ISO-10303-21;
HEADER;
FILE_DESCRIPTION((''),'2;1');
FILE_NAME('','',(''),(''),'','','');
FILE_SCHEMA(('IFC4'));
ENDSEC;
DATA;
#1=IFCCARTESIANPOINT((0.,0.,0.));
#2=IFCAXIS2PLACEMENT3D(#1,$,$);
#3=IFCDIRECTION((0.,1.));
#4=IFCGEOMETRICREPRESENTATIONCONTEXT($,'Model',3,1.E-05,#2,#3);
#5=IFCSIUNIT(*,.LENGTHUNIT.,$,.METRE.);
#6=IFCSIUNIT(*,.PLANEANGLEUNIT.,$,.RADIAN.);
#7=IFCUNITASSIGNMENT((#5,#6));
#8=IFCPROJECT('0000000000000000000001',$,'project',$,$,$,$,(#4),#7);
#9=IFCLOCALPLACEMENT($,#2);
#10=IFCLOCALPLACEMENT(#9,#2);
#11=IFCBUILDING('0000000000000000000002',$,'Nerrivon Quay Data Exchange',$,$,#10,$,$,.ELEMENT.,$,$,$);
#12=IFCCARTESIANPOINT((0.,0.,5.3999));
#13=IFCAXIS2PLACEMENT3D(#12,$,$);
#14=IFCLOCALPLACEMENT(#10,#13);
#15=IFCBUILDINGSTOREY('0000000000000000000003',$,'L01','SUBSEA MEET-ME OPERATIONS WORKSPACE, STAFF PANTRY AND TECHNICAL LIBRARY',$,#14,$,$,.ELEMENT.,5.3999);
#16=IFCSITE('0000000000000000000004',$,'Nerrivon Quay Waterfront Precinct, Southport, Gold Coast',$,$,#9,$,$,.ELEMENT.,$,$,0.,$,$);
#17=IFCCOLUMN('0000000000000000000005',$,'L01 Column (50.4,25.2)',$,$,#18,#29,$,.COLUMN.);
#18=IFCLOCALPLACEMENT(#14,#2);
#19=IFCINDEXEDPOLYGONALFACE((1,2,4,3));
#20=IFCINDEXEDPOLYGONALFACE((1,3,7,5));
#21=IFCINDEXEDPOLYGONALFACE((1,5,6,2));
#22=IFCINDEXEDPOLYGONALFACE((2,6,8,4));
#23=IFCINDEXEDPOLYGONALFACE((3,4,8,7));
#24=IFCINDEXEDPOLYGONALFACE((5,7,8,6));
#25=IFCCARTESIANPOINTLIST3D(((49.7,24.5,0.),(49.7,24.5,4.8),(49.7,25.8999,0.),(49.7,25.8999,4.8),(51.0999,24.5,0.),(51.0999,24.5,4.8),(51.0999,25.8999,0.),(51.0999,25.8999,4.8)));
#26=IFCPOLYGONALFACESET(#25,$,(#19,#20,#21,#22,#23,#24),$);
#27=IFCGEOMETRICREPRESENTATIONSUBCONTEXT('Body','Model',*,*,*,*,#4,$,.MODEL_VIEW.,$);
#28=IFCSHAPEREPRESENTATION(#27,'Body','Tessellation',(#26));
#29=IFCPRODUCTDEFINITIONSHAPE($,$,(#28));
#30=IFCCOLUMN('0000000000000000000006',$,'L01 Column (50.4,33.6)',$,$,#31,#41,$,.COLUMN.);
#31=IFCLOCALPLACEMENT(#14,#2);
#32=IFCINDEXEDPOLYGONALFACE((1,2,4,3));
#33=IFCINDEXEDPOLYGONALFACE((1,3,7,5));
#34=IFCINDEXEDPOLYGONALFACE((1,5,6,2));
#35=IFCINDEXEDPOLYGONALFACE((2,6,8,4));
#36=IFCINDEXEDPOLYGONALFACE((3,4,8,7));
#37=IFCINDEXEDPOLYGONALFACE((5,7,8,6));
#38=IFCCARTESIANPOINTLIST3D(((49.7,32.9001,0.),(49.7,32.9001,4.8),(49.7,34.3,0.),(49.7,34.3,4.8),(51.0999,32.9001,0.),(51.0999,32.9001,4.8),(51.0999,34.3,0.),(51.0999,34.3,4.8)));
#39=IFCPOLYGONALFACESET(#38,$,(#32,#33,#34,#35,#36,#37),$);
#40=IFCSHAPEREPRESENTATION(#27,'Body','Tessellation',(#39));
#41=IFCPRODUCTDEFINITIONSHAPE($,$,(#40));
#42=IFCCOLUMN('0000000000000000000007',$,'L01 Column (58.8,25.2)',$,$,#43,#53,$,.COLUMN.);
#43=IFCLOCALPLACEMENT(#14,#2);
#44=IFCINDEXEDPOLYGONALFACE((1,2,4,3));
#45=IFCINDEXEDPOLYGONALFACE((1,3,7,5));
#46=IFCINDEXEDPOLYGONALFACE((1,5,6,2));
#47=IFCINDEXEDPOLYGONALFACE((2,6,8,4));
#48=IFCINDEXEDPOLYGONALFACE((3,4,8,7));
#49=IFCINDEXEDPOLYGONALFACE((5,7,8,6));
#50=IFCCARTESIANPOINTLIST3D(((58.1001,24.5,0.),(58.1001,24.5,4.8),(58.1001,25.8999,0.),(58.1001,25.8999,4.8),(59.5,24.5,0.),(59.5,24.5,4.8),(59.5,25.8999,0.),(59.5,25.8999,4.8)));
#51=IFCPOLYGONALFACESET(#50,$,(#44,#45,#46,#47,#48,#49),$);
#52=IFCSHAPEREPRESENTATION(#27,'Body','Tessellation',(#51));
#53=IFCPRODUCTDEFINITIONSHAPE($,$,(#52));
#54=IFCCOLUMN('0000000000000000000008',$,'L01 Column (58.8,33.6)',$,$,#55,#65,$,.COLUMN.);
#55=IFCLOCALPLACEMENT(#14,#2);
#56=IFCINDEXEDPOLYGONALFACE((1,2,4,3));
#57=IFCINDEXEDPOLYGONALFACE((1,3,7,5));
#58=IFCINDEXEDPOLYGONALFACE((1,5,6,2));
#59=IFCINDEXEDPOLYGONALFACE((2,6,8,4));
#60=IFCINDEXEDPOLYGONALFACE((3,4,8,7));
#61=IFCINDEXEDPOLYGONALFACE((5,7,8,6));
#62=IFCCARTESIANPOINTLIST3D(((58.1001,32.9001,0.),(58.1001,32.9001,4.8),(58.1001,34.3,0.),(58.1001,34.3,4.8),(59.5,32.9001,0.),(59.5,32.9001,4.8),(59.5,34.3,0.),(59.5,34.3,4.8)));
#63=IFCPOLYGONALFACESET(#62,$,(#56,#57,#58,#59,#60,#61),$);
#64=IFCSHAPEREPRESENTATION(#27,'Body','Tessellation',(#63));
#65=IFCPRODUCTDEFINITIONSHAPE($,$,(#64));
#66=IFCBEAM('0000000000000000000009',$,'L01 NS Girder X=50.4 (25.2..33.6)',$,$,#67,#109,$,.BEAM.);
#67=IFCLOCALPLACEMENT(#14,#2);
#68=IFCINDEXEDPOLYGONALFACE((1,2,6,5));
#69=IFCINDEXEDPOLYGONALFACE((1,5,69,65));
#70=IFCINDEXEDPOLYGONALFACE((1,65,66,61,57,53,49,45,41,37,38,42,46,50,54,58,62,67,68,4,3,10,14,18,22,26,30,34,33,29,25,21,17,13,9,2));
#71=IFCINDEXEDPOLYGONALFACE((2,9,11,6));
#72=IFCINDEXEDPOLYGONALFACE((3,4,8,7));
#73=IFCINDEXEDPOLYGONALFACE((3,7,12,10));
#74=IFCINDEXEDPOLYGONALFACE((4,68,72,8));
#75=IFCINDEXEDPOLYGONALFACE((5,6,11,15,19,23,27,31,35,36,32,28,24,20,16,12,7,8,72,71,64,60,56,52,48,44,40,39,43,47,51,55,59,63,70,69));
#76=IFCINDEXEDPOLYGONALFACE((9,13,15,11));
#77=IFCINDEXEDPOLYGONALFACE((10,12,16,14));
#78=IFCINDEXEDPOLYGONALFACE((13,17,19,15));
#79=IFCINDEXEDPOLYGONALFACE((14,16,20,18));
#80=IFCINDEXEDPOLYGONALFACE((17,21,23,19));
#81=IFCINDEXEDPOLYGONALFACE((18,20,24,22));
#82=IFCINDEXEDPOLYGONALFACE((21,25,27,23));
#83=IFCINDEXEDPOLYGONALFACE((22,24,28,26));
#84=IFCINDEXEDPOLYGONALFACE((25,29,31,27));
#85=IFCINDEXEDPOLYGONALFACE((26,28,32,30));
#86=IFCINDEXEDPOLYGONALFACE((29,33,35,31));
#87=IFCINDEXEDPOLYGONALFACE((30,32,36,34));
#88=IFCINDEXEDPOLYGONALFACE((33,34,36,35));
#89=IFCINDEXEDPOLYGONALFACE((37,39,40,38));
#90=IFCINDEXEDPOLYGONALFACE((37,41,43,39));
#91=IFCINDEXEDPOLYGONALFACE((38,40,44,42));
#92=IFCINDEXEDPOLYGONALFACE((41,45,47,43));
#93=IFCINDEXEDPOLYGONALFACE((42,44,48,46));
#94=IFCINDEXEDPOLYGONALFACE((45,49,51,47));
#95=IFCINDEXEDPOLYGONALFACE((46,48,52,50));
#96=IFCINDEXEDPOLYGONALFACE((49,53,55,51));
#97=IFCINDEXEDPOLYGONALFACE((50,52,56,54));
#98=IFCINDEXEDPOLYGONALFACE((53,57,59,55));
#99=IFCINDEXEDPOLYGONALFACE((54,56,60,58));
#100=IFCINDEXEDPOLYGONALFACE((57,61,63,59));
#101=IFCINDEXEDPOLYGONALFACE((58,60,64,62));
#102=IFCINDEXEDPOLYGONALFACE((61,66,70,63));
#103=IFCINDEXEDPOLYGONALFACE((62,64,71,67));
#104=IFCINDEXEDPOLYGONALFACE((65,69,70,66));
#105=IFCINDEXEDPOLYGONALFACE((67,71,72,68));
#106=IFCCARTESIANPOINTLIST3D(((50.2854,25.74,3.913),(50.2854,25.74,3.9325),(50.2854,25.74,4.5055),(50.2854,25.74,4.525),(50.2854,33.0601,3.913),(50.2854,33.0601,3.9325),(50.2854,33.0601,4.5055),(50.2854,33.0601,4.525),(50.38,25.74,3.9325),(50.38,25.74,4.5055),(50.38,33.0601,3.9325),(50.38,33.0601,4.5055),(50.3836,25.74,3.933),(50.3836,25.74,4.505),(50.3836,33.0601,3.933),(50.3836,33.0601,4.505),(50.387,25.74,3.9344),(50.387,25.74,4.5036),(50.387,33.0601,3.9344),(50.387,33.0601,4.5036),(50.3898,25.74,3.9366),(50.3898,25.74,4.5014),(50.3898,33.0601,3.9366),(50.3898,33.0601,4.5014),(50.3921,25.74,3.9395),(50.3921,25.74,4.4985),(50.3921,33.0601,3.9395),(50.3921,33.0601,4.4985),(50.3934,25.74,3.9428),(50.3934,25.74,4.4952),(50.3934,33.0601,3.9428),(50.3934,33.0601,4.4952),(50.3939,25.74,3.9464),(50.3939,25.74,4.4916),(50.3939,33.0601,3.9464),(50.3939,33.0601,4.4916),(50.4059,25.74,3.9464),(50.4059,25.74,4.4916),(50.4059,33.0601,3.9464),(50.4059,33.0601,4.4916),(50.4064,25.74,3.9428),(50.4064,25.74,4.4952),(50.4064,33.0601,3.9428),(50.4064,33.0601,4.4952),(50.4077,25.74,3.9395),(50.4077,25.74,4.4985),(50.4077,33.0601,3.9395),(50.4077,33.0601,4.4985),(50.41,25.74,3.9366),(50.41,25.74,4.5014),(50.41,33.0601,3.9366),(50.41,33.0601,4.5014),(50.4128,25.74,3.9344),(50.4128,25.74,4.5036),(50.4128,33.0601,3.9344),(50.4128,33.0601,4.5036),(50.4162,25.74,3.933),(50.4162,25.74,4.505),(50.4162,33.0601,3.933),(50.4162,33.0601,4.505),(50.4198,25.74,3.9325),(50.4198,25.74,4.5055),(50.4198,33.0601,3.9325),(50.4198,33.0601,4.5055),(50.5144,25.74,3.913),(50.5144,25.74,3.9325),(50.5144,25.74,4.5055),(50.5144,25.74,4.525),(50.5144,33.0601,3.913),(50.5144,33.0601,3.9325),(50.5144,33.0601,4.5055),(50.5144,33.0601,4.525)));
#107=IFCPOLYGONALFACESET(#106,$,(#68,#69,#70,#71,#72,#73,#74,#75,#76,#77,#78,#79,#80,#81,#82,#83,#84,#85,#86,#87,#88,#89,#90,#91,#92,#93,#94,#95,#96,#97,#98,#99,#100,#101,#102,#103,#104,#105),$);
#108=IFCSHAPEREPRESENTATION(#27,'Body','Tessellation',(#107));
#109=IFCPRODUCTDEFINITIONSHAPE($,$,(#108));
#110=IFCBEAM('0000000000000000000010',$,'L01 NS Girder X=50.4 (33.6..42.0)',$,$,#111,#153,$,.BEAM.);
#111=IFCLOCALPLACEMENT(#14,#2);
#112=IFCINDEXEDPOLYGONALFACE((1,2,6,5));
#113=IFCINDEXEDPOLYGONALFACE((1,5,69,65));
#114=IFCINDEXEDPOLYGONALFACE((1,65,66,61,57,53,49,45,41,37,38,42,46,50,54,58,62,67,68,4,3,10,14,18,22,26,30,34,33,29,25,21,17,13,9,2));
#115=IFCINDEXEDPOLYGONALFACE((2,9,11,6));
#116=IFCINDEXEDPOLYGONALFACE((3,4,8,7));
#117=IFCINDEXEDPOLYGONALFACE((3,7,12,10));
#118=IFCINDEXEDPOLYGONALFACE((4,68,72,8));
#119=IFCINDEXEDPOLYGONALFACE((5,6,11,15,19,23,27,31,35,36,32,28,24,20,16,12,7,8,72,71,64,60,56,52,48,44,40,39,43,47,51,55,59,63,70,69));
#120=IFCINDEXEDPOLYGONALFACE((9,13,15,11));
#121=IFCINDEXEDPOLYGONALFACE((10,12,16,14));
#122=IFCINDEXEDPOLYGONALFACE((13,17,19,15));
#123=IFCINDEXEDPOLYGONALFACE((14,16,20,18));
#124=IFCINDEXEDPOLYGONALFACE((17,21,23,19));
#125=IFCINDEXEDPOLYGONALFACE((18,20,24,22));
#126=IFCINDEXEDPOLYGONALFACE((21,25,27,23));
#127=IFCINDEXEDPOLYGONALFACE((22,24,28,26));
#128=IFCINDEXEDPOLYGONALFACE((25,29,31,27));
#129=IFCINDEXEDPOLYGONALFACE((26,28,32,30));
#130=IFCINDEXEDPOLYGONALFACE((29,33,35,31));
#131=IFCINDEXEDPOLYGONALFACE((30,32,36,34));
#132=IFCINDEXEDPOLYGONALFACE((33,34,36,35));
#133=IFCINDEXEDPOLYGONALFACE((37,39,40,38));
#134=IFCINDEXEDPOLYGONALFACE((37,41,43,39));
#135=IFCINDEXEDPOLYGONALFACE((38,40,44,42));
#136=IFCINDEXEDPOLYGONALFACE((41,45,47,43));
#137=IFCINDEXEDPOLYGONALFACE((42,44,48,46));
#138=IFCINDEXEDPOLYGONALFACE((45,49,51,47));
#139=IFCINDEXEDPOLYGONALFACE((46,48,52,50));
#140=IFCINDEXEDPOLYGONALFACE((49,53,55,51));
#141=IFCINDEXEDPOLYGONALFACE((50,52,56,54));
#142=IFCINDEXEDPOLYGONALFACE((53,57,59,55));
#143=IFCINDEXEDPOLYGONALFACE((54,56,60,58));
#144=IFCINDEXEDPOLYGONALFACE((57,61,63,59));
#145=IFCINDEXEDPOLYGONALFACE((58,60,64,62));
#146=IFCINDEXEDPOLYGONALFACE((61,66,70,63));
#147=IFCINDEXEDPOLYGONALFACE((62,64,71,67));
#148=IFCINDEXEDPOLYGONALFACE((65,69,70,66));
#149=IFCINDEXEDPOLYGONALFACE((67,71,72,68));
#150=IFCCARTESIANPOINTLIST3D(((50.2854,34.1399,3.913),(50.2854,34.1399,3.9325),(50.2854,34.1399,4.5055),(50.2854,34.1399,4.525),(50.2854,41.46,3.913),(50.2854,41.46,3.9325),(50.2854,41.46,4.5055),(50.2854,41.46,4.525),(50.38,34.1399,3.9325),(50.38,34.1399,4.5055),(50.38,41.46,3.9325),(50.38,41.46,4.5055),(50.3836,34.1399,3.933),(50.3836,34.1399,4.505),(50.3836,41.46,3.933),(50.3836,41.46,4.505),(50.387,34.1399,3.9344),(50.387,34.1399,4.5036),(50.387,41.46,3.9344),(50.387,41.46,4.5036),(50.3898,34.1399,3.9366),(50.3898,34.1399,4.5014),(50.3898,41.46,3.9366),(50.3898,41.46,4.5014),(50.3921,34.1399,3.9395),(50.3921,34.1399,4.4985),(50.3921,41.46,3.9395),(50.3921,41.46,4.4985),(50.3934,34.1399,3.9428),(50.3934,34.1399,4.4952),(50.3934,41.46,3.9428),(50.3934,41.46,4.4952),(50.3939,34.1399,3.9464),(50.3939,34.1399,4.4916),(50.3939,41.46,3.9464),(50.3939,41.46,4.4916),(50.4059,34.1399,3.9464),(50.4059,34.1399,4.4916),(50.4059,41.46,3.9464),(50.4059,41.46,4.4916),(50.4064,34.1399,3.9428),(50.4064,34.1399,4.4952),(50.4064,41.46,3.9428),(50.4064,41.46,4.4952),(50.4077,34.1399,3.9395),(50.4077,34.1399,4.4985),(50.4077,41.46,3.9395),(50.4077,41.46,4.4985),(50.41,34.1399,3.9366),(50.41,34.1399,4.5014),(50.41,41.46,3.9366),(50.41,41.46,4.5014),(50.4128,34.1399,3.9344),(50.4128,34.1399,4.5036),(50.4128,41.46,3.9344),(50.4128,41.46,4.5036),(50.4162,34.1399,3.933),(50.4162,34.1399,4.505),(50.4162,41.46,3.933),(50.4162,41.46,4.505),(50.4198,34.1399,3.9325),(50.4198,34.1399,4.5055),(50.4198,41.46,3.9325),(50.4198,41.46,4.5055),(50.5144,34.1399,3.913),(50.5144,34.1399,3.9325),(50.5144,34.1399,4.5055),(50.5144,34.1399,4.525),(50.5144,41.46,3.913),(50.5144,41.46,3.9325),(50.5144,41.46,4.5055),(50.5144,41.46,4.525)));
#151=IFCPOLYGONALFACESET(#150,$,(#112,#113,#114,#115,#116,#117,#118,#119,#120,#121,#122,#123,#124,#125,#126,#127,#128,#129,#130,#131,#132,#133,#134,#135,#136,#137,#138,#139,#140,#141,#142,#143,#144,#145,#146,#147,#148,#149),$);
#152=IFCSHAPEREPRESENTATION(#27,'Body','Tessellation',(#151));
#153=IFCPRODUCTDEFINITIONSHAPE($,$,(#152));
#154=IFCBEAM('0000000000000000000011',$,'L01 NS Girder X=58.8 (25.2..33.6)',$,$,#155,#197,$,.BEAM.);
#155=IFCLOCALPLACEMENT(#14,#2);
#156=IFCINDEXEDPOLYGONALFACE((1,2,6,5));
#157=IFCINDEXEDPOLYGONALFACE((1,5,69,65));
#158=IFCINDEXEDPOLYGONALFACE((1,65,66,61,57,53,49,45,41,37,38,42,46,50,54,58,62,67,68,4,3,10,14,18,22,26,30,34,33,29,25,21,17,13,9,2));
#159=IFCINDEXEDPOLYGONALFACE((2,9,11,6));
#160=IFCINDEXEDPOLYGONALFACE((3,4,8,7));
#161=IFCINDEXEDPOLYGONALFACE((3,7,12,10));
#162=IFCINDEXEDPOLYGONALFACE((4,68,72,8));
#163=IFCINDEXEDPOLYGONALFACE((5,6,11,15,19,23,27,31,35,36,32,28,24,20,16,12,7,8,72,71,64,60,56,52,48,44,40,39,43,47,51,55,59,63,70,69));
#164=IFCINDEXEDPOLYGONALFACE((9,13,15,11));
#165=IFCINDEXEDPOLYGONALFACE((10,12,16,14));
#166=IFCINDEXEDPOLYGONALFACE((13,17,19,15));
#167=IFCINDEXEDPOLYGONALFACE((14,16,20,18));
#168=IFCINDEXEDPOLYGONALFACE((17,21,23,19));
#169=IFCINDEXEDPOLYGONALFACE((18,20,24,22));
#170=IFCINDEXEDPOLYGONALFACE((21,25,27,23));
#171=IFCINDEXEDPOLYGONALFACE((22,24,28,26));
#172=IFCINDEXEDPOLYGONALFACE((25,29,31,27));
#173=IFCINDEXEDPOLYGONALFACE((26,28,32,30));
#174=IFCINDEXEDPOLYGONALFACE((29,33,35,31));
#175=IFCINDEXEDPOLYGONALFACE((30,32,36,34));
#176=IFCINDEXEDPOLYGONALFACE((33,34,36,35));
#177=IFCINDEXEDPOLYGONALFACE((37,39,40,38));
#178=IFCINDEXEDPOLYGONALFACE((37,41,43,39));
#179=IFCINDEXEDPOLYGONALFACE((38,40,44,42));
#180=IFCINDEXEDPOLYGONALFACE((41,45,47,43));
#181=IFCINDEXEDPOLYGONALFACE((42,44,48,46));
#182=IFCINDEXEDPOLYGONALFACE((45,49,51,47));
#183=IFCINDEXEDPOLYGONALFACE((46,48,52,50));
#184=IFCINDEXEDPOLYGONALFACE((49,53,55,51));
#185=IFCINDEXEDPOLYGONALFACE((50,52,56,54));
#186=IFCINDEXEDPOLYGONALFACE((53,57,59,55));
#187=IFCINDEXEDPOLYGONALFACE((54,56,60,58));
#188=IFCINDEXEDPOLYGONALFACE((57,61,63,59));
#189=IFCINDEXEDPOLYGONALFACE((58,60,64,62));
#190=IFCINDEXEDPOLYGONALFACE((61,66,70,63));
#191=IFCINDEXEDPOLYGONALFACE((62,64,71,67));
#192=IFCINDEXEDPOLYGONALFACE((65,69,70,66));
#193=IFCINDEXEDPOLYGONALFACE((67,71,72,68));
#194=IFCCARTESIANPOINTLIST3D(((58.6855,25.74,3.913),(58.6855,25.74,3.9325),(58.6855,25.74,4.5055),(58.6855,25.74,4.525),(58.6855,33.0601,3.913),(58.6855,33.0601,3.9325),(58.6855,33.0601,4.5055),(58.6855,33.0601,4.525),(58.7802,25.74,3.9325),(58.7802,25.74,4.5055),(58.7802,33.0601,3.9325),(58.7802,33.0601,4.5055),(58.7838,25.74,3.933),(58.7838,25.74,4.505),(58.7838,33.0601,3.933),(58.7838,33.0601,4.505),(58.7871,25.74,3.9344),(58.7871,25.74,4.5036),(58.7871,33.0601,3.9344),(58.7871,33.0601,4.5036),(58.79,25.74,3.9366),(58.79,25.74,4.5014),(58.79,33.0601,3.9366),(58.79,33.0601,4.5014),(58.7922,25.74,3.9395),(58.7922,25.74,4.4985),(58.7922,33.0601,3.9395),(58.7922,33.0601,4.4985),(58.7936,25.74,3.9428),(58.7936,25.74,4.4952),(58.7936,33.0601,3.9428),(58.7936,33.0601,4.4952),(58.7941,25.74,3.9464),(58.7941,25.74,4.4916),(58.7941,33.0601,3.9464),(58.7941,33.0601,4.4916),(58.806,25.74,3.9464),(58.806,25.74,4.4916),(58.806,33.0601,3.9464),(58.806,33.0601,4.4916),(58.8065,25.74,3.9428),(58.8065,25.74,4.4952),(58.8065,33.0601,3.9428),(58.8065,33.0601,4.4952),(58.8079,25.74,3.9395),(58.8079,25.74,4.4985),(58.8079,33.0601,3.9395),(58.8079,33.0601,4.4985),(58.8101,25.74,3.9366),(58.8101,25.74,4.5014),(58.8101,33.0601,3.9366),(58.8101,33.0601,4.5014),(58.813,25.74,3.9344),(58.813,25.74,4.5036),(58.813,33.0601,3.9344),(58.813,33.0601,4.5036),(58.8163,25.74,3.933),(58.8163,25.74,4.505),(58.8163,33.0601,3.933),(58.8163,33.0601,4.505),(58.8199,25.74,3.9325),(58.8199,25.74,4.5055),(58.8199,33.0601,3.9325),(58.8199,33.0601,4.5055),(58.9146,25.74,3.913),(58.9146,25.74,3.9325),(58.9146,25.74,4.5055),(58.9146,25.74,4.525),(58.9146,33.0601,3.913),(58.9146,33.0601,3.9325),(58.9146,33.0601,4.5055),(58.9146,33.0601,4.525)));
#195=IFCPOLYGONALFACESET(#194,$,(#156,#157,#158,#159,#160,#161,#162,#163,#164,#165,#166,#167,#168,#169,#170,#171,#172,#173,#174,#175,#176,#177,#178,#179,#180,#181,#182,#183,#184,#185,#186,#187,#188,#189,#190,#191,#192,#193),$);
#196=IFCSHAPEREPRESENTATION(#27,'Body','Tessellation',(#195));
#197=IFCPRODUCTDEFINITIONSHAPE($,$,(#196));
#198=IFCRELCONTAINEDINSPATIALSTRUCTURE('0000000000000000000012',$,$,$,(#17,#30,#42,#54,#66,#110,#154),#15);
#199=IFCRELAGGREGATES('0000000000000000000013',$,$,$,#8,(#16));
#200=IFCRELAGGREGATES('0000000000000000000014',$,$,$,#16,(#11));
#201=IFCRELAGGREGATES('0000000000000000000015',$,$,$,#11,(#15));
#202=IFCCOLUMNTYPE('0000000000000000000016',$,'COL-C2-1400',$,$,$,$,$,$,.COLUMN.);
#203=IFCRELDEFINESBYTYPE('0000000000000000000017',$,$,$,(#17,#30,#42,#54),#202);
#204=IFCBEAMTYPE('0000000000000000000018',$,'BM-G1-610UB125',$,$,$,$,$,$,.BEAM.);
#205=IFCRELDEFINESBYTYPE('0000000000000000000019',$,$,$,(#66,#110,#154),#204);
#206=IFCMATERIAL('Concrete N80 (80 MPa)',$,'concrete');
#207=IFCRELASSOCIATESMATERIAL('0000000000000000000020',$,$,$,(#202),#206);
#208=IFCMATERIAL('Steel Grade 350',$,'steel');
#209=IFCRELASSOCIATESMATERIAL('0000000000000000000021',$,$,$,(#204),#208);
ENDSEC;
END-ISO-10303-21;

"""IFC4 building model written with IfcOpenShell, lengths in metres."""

from ifc_helpers import new_model, si_unit, direction, frame, origin, origin_2d, place, context, subcontext, project, spatial, rectangle, i_section, extrude, material, material_profile, profile_set, type_object, element, save


model = new_model("IFC4")

# Units and contexts
model_context = context("Model", 3, precision=1e-05, world=origin(), true_north=direction((0.0, 1.0)))
body_context = subcontext(model_context, "Body", "Model", "MODEL_VIEW")
ifc_project = project(units=[si_unit("LENGTHUNIT", "METRE"), si_unit("PLANEANGLEUNIT", "RADIAN")], contexts=[model_context])

# Site, building, storey
site_placement = place(None, origin())
site = spatial("IfcSite", under=ifc_project, at=site_placement, Name="Nerrivon Quay Waterfront Precinct, Southport, Gold Coast", CompositionType="ELEMENT", RefElevation=0.0)
building_placement = place(site_placement, origin())
building = spatial("IfcBuilding", under=site, at=building_placement, Name="Nerrivon Quay Data Exchange", CompositionType="ELEMENT")
storey_placement = place(building_placement, frame((0.0, 0.0, 5.3999)))
storey = spatial("IfcBuildingStorey", under=building, at=storey_placement, Name="L01", Description="SUBSEA MEET-ME OPERATIONS WORKSPACE, STAFF PANTRY AND TECHNICAL LIBRARY", CompositionType="ELEMENT", Elevation=5.3999)

# Columns
ifc_material_1 = material(Name="Concrete N80 (80 MPa)", Category="concrete")
ifc_material_profile_1 = material_profile(ifc_material_1, rectangle(XDim=1.3999, YDim=1.3999, at=origin_2d()), Name="RC-COL-1400x1400")
ifc_profile_set_1 = profile_set([ifc_material_profile_1], Name="Concrete N80 (80 MPa)")
column_type = type_object("IfcColumnType", Name="COL-C2-1400", PredefinedType="COLUMN", material=ifc_profile_set_1)
for number, where, z_axis, x_axis, name in (
    (1, (50.3999, 25.2, 0.0), (0.0, 0.0, 1.0), (1.0, 0.0, 0.0), "L01 Column (50.4,25.2)"),
    (2, (50.3999, 33.6001, 0.0), (0.0, 0.0, 1.0), (1.0, 0.0, 0.0), "L01 Column (50.4,33.6)"),
    (3, (58.8, 25.2, 0.0), (0.0, 0.0, 1.0), (1.0, 0.0, 0.0), "L01 Column (58.8,25.2)"),
    (4, (58.8, 33.6001, 0.0), (0.0, 0.0, 1.0), (1.0, 0.0, 0.0), "L01 Column (58.8,33.6)"),
):
    element("IfcColumn", number, at=place(storey_placement, frame(where, z_axis=z_axis, x_axis=x_axis)), inside=storey, type_object=column_type, Name=name, PredefinedType="COLUMN", context=body_context, shape_type="SweptSolid", body=[
        extrude(rectangle(XDim=1.3999, YDim=1.3999, at=origin_2d()), origin(), (0.0, 0.0, 1.0), 4.8),
    ])

# Beams
ifc_material_2 = material(Name="Steel Grade 350", Category="steel")
ifc_material_profile_2 = material_profile(ifc_material_2, i_section(OverallWidth=0.229, OverallDepth=0.6121, WebThickness=0.012, FlangeThickness=0.0195, FilletRadius=0.0139, at=origin_2d()), Name="610UB125")
ifc_profile_set_2 = profile_set([ifc_material_profile_2], Name="Steel Grade 350")
beam_type_1 = type_object("IfcBeamType", Name="BM-G1-610UB125", PredefinedType="BEAM", material=ifc_profile_set_2)
for number, where, z_axis, x_axis, name in (
    (5, (50.3999, 25.74, 4.219), (0.0, 1.0, 0.0), (-1.0, 0.0, 0.0), "L01 NS Girder X=50.4 (25.2..33.6)"),
    (6, (50.3999, 34.1399, 4.219), (0.0, 1.0, 0.0), (-1.0, 0.0, 0.0), "L01 NS Girder X=50.4 (33.6..42.0)"),
    (7, (58.8, 25.74, 4.219), (0.0, 1.0, 0.0), (-1.0, 0.0, 0.0), "L01 NS Girder X=58.8 (25.2..33.6)"),
):
    element("IfcBeam", number, at=place(storey_placement, frame(where, z_axis=z_axis, x_axis=x_axis)), inside=storey, type_object=beam_type_1, Name=name, PredefinedType="BEAM", context=body_context, shape_type="SweptSolid", body=[
        extrude(i_section(OverallWidth=0.229, OverallDepth=0.6121, WebThickness=0.012, FlangeThickness=0.0195, FilletRadius=0.0139, at=origin_2d()), origin(), (0.0, 0.0, 1.0), 7.3201),
    ])

save(model, "model.ifc")
